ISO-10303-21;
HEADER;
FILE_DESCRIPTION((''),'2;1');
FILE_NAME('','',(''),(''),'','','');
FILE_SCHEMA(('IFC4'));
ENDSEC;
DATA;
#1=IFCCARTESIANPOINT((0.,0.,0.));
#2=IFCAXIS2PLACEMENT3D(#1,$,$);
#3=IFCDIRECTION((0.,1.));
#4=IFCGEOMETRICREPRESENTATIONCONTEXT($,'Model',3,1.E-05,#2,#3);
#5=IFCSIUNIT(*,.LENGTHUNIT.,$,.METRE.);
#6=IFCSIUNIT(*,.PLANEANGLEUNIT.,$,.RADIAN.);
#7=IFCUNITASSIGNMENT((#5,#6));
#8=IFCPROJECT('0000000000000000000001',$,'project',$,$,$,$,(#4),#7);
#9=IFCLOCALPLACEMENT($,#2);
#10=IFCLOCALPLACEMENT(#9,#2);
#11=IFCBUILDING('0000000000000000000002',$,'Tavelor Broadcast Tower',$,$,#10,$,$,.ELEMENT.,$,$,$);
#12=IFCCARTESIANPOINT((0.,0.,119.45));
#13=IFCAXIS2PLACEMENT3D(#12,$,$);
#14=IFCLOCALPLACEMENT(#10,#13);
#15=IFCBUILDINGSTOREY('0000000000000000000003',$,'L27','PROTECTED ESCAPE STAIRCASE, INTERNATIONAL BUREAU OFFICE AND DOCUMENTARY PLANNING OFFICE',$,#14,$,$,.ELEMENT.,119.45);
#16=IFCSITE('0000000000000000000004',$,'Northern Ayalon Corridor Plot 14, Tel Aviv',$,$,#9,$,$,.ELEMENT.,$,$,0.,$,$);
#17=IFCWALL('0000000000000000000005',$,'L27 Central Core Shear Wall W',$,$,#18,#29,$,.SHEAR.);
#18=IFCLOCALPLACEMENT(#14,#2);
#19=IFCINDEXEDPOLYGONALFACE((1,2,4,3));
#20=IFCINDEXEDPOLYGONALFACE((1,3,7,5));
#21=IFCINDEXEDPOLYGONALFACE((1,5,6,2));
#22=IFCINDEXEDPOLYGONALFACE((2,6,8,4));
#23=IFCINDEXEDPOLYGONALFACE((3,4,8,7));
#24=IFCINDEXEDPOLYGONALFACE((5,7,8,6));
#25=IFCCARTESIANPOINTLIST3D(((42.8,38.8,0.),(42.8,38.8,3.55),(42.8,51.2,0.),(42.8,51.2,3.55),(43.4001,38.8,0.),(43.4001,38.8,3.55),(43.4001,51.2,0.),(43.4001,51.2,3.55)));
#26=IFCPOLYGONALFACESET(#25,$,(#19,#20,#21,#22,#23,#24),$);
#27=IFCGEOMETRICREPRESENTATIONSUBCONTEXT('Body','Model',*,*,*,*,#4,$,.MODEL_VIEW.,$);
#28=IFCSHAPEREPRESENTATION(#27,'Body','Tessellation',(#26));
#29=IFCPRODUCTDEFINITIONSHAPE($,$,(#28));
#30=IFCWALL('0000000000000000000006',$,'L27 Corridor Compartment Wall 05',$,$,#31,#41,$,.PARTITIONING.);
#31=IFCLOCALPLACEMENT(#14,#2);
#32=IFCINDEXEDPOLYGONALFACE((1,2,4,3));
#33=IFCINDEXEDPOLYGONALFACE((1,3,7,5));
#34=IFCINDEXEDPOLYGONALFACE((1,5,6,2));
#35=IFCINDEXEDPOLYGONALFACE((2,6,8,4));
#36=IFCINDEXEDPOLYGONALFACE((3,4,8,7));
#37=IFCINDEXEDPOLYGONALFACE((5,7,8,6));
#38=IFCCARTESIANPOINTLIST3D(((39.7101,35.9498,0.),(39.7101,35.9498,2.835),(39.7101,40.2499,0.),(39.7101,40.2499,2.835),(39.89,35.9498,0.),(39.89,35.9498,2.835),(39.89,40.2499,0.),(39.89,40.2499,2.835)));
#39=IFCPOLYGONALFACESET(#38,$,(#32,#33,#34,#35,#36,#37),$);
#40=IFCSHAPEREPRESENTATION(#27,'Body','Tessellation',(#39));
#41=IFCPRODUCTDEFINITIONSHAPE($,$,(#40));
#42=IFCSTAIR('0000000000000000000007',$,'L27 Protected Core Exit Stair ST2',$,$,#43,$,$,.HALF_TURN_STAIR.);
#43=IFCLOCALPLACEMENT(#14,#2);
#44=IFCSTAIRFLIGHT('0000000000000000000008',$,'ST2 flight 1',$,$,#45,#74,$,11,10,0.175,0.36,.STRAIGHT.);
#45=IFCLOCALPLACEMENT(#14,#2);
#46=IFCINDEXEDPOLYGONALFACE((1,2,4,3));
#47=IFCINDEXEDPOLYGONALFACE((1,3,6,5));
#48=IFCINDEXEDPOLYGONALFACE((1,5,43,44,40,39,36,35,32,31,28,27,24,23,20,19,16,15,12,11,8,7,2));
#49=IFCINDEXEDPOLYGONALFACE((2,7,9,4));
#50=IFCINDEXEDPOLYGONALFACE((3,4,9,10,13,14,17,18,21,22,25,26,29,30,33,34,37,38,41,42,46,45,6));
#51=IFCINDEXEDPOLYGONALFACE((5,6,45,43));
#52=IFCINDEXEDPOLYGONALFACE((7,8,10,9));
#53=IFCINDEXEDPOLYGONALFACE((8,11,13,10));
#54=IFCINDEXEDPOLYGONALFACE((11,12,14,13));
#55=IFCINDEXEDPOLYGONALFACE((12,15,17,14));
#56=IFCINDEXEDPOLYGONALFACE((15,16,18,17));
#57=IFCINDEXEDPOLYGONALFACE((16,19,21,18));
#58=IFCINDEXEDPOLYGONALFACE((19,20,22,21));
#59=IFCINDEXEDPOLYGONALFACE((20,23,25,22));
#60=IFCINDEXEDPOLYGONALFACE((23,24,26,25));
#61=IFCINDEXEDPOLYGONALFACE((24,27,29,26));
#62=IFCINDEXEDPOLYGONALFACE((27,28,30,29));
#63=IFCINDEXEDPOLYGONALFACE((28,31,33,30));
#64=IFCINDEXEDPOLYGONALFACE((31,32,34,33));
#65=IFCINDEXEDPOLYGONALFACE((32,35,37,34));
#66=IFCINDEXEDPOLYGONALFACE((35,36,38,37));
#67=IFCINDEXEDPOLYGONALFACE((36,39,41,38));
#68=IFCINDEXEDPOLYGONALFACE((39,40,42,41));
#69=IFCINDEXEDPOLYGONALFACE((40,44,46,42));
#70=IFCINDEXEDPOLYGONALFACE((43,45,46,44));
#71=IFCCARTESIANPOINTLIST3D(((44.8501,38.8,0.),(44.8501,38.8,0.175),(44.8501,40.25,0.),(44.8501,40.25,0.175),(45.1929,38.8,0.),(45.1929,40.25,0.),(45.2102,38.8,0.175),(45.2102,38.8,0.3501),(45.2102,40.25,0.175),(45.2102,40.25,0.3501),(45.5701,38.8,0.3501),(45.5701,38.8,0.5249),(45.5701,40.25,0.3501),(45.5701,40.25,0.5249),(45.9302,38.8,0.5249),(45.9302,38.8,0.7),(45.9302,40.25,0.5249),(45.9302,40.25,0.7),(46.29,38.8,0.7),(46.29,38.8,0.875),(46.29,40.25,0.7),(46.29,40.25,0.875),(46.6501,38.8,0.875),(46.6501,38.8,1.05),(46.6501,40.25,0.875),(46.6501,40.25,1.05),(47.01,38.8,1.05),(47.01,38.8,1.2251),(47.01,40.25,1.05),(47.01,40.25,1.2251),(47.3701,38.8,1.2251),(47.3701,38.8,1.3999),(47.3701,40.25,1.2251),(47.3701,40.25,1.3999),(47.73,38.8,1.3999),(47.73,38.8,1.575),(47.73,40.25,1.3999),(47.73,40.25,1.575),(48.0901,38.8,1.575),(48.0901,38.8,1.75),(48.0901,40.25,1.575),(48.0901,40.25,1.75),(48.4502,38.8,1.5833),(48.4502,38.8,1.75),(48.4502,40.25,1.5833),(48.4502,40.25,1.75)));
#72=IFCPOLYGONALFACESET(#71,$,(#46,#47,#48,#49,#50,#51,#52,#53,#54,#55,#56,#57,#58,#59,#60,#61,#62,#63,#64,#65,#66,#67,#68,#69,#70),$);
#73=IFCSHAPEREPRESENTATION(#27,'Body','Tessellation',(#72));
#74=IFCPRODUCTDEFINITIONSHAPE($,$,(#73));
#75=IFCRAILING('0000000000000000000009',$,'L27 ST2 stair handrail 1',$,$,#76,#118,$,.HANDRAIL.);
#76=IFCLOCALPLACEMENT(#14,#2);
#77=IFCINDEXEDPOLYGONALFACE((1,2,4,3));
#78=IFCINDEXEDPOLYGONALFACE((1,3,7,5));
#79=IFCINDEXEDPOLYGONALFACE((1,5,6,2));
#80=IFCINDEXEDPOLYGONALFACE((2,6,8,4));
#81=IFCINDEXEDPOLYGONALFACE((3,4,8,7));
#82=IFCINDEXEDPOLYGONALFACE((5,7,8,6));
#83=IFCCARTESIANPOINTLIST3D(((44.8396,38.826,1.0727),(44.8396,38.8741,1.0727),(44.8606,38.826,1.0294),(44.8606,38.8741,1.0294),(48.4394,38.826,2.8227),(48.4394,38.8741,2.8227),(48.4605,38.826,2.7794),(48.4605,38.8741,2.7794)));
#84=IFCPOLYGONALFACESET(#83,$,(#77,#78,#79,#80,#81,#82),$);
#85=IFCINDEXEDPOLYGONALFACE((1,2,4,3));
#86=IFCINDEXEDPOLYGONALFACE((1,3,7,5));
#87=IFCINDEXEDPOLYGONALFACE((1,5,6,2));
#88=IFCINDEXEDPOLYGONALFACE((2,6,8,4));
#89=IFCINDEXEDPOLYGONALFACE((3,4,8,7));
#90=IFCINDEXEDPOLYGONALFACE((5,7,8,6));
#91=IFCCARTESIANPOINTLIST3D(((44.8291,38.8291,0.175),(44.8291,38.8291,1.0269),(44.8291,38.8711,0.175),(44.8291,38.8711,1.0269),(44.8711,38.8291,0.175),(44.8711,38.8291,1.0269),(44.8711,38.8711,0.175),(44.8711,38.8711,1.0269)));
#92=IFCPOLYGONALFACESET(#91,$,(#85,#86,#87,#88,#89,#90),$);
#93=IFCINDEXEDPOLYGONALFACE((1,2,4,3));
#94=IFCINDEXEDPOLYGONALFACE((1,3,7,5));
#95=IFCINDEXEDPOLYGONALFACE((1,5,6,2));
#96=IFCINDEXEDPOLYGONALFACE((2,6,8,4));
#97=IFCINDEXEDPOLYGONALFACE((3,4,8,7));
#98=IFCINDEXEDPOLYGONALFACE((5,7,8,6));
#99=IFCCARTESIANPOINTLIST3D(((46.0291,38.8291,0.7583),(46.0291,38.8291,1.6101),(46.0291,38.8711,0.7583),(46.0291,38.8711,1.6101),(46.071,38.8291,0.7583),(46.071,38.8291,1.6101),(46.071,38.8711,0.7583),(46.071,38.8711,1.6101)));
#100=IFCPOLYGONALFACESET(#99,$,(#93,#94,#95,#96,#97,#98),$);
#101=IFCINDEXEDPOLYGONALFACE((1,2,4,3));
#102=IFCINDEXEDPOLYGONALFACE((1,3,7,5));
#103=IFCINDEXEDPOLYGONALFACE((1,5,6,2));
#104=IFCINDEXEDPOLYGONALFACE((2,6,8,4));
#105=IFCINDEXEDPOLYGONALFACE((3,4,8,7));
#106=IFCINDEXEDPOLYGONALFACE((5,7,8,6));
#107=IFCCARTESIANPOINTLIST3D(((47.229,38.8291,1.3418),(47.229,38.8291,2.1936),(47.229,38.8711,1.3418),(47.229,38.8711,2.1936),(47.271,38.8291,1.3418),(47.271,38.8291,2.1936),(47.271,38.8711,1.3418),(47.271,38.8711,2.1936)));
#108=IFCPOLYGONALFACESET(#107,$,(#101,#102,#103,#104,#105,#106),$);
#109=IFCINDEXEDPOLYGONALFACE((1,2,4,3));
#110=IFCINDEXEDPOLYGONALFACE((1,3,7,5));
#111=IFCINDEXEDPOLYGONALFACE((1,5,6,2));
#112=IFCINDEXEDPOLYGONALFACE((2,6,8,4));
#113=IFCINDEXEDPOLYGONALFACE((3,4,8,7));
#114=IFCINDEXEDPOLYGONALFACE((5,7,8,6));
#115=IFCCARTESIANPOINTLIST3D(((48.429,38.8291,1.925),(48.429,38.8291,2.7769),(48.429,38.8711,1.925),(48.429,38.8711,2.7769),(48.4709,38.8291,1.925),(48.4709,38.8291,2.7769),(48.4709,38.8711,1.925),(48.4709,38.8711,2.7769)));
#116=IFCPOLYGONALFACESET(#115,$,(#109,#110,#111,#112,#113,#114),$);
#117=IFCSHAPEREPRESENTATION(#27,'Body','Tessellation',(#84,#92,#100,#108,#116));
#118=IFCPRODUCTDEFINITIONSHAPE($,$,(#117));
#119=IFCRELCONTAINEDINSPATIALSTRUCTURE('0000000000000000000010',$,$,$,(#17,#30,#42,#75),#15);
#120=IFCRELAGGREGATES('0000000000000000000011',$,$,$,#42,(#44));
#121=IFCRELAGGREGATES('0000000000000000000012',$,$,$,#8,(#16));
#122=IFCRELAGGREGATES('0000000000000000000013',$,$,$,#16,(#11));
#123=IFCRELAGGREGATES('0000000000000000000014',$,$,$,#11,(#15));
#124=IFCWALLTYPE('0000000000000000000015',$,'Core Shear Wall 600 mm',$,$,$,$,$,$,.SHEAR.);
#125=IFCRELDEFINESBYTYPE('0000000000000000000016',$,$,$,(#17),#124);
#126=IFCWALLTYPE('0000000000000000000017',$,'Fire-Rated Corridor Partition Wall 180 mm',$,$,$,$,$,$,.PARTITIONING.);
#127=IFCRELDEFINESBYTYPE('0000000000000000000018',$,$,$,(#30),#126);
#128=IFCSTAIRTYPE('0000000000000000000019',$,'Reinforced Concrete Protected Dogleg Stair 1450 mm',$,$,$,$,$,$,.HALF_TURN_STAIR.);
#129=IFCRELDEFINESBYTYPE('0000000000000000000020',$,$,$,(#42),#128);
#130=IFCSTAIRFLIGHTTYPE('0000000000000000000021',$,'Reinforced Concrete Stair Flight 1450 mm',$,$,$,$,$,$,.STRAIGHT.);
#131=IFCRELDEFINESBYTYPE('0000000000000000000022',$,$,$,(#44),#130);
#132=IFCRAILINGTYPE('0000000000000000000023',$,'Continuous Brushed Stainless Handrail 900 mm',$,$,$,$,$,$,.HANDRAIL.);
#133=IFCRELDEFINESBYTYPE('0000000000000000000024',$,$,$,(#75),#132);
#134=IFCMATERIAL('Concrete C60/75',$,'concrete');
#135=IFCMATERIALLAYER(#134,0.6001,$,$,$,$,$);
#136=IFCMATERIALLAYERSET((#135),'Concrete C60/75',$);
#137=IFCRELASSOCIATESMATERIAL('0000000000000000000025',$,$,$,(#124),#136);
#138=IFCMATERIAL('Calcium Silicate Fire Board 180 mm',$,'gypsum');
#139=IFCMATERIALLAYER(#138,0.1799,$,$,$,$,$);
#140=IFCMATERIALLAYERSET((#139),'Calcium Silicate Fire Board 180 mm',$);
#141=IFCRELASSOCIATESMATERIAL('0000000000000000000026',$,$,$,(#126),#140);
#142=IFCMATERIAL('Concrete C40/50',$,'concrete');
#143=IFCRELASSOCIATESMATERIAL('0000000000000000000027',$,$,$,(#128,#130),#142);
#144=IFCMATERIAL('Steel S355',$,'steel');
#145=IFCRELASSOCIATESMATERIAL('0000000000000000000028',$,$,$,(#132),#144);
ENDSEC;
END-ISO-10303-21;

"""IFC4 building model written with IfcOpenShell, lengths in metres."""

from ifc_helpers import new_model, si_unit, direction, frame, frame_2d, origin, origin_2d, place, context, subcontext, project, spatial, polyline, rectangle, outline, extrude, material, layer, layer_set, type_object, element, aggregate, save


model = new_model("IFC4")

# Units and contexts
model_context = context("Model", 3, precision=1e-05, world=origin(), true_north=direction((0.0, 1.0)))
body_context = subcontext(model_context, "Body", "Model", "MODEL_VIEW")
ifc_project = project(units=[si_unit("LENGTHUNIT", "METRE"), si_unit("PLANEANGLEUNIT", "RADIAN")], contexts=[model_context])

# Site, building, storey
site_placement = place(None, origin())
site = spatial("IfcSite", under=ifc_project, at=site_placement, Name="Northern Ayalon Corridor Plot 14, Tel Aviv", CompositionType="ELEMENT", RefElevation=0.0)
building_placement = place(site_placement, origin())
building = spatial("IfcBuilding", under=site, at=building_placement, Name="Tavelor Broadcast Tower", CompositionType="ELEMENT")
storey_placement = place(building_placement, frame((0.0, 0.0, 119.45)))
storey = spatial("IfcBuildingStorey", under=building, at=storey_placement, Name="L27", Description="PROTECTED ESCAPE STAIRCASE, INTERNATIONAL BUREAU OFFICE AND DOCUMENTARY PLANNING OFFICE", CompositionType="ELEMENT", Elevation=119.45)

# Shared definitions
ifc_material_1 = material(Name="Concrete C40/50", Category="concrete")
ifc_material_2 = material(Name="Steel S355", Category="steel")

# Shared definitions
ifc_material_3 = material(Name="Concrete C60/75", Category="concrete")
ifc_layer_1 = layer(ifc_material_3, 0.6001)
ifc_layer_set_1 = layer_set([ifc_layer_1], Name="Concrete C60/75")
wall_type_1 = type_object("IfcWallType", Name="Core Shear Wall 600 mm", PredefinedType="SHEAR", material=ifc_layer_set_1)

# Walls
wall_1_placement = place(storey_placement, frame((43.1001, 38.8, 0.0), z_axis=(0.0, 0.0, 1.0), x_axis=(0.0, 1.0, 0.0)))
element("IfcWall", 1, at=wall_1_placement, inside=storey, type_object=wall_type_1, Name="L27 Central Core Shear Wall W", PredefinedType="SHEAR", context=body_context, shape_type="SweptSolid", body=[
    extrude(rectangle(XDim=12.3999, YDim=0.6001, at=frame_2d((6.2, 0.0))), origin(), (0.0, 0.0, 1.0), 3.55),
])
ifc_material_4 = material(Name="Calcium Silicate Fire Board 180 mm", Category="gypsum")
ifc_layer_2 = layer(ifc_material_4, 0.1799)
ifc_layer_set_2 = layer_set([ifc_layer_2], Name="Calcium Silicate Fire Board 180 mm")
wall_type_2 = type_object("IfcWallType", Name="Fire-Rated Corridor Partition Wall 180 mm", PredefinedType="PARTITIONING", material=ifc_layer_set_2)
wall_2_placement = place(storey_placement, frame((39.8, 35.95, 0.0), z_axis=(0.0, 0.0, 1.0), x_axis=(0.0, 1.0, 0.0)))
element("IfcWall", 2, at=wall_2_placement, inside=storey, type_object=wall_type_2, Name="L27 Corridor Compartment Wall 05", PredefinedType="PARTITIONING", context=body_context, shape_type="SweptSolid", body=[
    extrude(rectangle(XDim=4.3, YDim=0.1799, at=frame_2d((2.1499, 0.0))), origin(), (0.0, 0.0, 1.0), 2.835),
])

# Stair, stair flight
stair_type = type_object("IfcStairType", Name="Reinforced Concrete Protected Dogleg Stair 1450 mm", PredefinedType="HALF_TURN_STAIR", material=ifc_material_1)
stair_placement = place(storey_placement, origin())
stair = element("IfcStair", 3, at=stair_placement, inside=storey, type_object=stair_type, Name="L27 Protected Core Exit Stair ST2", PredefinedType="HALF_TURN_STAIR")
stair_flight_type = type_object("IfcStairFlightType", Name="Reinforced Concrete Stair Flight 1450 mm", PredefinedType="STRAIGHT", material=ifc_material_1)
stair_flight_placement = place(storey_placement, frame((44.8501, 39.5249, 0.0), z_axis=(0.0, 0.0, 1.0), x_axis=(1.0, 0.0, 0.0)))
stair_flight = element("IfcStairFlight", 4, at=stair_flight_placement, type_object=stair_flight_type, Name="ST2 flight 1", NumberOfRisers=11, NumberOfTreads=10, PredefinedType="STRAIGHT", RiserHeight=0.175, TreadLength=0.36, context=body_context, shape_type="SweptSolid", body=[
    extrude(outline(polyline([(0.0, 0.0), (0.0, 0.175), (0.3601, 0.175), (0.3601, 0.3501), (0.72, 0.3501), (0.72, 0.5249), (1.0801, 0.5249), (1.0801, 0.7), (1.4399, 0.7), (1.4399, 0.875), (1.8, 0.875), (1.8, 1.05), (2.1599, 1.05), (2.1599, 1.2251), (2.52, 1.2251), (2.52, 1.3999), (2.8799, 1.3999), (2.8799, 1.575), (3.24, 1.575), (3.24, 1.75), (3.6001, 1.75), (3.6001, 1.925), (3.6001, 1.5833), (0.3428, 0.0), (0.0, 0.0)])), frame((0.0, 0.7251, 0.0), z_axis=(0.0, -1.0, 0.0), x_axis=(1.0, 0.0, 0.0)), (0.0, 0.0, 1.0), 1.45),
])
aggregate(stair, [stair_flight])

# Railing
railing_type = type_object("IfcRailingType", Name="Continuous Brushed Stainless Handrail 900 mm", PredefinedType="HANDRAIL", material=ifc_material_2)
railing_placement = place(storey_placement, frame((44.8501, 38.8501, 0.175)))
element("IfcRailing", 5, at=railing_placement, inside=storey, type_object=railing_type, Name="L27 ST2 stair handrail 1", PredefinedType="HANDRAIL", context=body_context, shape_type="SweptSolid", body=[
    extrude(rectangle(XDim=0.0481, YDim=0.0481, at=origin_2d()), frame((0.0, 0.0, 0.876), z_axis=(0.899361, 0.0, 0.437207), x_axis=(0.0, 1.0, 0.0)), (0.0, 0.0, 1.0), 4.0027),
    extrude(rectangle(XDim=0.042, YDim=0.042, at=origin_2d()), origin(), (0.0, 0.0, 1.0), 0.8518),
    extrude(rectangle(XDim=0.042, YDim=0.042, at=origin_2d()), frame((1.2, 0.0, 0.5833)), (0.0, 0.0, 1.0), 0.8518),
    extrude(rectangle(XDim=0.042, YDim=0.042, at=origin_2d()), frame((2.3999, 0.0, 1.1667)), (0.0, 0.0, 1.0), 0.8518),
    extrude(rectangle(XDim=0.042, YDim=0.042, at=origin_2d()), frame((3.5999, 0.0, 1.75)), (0.0, 0.0, 1.0), 0.8518),
])

save(model, "model.ifc")
